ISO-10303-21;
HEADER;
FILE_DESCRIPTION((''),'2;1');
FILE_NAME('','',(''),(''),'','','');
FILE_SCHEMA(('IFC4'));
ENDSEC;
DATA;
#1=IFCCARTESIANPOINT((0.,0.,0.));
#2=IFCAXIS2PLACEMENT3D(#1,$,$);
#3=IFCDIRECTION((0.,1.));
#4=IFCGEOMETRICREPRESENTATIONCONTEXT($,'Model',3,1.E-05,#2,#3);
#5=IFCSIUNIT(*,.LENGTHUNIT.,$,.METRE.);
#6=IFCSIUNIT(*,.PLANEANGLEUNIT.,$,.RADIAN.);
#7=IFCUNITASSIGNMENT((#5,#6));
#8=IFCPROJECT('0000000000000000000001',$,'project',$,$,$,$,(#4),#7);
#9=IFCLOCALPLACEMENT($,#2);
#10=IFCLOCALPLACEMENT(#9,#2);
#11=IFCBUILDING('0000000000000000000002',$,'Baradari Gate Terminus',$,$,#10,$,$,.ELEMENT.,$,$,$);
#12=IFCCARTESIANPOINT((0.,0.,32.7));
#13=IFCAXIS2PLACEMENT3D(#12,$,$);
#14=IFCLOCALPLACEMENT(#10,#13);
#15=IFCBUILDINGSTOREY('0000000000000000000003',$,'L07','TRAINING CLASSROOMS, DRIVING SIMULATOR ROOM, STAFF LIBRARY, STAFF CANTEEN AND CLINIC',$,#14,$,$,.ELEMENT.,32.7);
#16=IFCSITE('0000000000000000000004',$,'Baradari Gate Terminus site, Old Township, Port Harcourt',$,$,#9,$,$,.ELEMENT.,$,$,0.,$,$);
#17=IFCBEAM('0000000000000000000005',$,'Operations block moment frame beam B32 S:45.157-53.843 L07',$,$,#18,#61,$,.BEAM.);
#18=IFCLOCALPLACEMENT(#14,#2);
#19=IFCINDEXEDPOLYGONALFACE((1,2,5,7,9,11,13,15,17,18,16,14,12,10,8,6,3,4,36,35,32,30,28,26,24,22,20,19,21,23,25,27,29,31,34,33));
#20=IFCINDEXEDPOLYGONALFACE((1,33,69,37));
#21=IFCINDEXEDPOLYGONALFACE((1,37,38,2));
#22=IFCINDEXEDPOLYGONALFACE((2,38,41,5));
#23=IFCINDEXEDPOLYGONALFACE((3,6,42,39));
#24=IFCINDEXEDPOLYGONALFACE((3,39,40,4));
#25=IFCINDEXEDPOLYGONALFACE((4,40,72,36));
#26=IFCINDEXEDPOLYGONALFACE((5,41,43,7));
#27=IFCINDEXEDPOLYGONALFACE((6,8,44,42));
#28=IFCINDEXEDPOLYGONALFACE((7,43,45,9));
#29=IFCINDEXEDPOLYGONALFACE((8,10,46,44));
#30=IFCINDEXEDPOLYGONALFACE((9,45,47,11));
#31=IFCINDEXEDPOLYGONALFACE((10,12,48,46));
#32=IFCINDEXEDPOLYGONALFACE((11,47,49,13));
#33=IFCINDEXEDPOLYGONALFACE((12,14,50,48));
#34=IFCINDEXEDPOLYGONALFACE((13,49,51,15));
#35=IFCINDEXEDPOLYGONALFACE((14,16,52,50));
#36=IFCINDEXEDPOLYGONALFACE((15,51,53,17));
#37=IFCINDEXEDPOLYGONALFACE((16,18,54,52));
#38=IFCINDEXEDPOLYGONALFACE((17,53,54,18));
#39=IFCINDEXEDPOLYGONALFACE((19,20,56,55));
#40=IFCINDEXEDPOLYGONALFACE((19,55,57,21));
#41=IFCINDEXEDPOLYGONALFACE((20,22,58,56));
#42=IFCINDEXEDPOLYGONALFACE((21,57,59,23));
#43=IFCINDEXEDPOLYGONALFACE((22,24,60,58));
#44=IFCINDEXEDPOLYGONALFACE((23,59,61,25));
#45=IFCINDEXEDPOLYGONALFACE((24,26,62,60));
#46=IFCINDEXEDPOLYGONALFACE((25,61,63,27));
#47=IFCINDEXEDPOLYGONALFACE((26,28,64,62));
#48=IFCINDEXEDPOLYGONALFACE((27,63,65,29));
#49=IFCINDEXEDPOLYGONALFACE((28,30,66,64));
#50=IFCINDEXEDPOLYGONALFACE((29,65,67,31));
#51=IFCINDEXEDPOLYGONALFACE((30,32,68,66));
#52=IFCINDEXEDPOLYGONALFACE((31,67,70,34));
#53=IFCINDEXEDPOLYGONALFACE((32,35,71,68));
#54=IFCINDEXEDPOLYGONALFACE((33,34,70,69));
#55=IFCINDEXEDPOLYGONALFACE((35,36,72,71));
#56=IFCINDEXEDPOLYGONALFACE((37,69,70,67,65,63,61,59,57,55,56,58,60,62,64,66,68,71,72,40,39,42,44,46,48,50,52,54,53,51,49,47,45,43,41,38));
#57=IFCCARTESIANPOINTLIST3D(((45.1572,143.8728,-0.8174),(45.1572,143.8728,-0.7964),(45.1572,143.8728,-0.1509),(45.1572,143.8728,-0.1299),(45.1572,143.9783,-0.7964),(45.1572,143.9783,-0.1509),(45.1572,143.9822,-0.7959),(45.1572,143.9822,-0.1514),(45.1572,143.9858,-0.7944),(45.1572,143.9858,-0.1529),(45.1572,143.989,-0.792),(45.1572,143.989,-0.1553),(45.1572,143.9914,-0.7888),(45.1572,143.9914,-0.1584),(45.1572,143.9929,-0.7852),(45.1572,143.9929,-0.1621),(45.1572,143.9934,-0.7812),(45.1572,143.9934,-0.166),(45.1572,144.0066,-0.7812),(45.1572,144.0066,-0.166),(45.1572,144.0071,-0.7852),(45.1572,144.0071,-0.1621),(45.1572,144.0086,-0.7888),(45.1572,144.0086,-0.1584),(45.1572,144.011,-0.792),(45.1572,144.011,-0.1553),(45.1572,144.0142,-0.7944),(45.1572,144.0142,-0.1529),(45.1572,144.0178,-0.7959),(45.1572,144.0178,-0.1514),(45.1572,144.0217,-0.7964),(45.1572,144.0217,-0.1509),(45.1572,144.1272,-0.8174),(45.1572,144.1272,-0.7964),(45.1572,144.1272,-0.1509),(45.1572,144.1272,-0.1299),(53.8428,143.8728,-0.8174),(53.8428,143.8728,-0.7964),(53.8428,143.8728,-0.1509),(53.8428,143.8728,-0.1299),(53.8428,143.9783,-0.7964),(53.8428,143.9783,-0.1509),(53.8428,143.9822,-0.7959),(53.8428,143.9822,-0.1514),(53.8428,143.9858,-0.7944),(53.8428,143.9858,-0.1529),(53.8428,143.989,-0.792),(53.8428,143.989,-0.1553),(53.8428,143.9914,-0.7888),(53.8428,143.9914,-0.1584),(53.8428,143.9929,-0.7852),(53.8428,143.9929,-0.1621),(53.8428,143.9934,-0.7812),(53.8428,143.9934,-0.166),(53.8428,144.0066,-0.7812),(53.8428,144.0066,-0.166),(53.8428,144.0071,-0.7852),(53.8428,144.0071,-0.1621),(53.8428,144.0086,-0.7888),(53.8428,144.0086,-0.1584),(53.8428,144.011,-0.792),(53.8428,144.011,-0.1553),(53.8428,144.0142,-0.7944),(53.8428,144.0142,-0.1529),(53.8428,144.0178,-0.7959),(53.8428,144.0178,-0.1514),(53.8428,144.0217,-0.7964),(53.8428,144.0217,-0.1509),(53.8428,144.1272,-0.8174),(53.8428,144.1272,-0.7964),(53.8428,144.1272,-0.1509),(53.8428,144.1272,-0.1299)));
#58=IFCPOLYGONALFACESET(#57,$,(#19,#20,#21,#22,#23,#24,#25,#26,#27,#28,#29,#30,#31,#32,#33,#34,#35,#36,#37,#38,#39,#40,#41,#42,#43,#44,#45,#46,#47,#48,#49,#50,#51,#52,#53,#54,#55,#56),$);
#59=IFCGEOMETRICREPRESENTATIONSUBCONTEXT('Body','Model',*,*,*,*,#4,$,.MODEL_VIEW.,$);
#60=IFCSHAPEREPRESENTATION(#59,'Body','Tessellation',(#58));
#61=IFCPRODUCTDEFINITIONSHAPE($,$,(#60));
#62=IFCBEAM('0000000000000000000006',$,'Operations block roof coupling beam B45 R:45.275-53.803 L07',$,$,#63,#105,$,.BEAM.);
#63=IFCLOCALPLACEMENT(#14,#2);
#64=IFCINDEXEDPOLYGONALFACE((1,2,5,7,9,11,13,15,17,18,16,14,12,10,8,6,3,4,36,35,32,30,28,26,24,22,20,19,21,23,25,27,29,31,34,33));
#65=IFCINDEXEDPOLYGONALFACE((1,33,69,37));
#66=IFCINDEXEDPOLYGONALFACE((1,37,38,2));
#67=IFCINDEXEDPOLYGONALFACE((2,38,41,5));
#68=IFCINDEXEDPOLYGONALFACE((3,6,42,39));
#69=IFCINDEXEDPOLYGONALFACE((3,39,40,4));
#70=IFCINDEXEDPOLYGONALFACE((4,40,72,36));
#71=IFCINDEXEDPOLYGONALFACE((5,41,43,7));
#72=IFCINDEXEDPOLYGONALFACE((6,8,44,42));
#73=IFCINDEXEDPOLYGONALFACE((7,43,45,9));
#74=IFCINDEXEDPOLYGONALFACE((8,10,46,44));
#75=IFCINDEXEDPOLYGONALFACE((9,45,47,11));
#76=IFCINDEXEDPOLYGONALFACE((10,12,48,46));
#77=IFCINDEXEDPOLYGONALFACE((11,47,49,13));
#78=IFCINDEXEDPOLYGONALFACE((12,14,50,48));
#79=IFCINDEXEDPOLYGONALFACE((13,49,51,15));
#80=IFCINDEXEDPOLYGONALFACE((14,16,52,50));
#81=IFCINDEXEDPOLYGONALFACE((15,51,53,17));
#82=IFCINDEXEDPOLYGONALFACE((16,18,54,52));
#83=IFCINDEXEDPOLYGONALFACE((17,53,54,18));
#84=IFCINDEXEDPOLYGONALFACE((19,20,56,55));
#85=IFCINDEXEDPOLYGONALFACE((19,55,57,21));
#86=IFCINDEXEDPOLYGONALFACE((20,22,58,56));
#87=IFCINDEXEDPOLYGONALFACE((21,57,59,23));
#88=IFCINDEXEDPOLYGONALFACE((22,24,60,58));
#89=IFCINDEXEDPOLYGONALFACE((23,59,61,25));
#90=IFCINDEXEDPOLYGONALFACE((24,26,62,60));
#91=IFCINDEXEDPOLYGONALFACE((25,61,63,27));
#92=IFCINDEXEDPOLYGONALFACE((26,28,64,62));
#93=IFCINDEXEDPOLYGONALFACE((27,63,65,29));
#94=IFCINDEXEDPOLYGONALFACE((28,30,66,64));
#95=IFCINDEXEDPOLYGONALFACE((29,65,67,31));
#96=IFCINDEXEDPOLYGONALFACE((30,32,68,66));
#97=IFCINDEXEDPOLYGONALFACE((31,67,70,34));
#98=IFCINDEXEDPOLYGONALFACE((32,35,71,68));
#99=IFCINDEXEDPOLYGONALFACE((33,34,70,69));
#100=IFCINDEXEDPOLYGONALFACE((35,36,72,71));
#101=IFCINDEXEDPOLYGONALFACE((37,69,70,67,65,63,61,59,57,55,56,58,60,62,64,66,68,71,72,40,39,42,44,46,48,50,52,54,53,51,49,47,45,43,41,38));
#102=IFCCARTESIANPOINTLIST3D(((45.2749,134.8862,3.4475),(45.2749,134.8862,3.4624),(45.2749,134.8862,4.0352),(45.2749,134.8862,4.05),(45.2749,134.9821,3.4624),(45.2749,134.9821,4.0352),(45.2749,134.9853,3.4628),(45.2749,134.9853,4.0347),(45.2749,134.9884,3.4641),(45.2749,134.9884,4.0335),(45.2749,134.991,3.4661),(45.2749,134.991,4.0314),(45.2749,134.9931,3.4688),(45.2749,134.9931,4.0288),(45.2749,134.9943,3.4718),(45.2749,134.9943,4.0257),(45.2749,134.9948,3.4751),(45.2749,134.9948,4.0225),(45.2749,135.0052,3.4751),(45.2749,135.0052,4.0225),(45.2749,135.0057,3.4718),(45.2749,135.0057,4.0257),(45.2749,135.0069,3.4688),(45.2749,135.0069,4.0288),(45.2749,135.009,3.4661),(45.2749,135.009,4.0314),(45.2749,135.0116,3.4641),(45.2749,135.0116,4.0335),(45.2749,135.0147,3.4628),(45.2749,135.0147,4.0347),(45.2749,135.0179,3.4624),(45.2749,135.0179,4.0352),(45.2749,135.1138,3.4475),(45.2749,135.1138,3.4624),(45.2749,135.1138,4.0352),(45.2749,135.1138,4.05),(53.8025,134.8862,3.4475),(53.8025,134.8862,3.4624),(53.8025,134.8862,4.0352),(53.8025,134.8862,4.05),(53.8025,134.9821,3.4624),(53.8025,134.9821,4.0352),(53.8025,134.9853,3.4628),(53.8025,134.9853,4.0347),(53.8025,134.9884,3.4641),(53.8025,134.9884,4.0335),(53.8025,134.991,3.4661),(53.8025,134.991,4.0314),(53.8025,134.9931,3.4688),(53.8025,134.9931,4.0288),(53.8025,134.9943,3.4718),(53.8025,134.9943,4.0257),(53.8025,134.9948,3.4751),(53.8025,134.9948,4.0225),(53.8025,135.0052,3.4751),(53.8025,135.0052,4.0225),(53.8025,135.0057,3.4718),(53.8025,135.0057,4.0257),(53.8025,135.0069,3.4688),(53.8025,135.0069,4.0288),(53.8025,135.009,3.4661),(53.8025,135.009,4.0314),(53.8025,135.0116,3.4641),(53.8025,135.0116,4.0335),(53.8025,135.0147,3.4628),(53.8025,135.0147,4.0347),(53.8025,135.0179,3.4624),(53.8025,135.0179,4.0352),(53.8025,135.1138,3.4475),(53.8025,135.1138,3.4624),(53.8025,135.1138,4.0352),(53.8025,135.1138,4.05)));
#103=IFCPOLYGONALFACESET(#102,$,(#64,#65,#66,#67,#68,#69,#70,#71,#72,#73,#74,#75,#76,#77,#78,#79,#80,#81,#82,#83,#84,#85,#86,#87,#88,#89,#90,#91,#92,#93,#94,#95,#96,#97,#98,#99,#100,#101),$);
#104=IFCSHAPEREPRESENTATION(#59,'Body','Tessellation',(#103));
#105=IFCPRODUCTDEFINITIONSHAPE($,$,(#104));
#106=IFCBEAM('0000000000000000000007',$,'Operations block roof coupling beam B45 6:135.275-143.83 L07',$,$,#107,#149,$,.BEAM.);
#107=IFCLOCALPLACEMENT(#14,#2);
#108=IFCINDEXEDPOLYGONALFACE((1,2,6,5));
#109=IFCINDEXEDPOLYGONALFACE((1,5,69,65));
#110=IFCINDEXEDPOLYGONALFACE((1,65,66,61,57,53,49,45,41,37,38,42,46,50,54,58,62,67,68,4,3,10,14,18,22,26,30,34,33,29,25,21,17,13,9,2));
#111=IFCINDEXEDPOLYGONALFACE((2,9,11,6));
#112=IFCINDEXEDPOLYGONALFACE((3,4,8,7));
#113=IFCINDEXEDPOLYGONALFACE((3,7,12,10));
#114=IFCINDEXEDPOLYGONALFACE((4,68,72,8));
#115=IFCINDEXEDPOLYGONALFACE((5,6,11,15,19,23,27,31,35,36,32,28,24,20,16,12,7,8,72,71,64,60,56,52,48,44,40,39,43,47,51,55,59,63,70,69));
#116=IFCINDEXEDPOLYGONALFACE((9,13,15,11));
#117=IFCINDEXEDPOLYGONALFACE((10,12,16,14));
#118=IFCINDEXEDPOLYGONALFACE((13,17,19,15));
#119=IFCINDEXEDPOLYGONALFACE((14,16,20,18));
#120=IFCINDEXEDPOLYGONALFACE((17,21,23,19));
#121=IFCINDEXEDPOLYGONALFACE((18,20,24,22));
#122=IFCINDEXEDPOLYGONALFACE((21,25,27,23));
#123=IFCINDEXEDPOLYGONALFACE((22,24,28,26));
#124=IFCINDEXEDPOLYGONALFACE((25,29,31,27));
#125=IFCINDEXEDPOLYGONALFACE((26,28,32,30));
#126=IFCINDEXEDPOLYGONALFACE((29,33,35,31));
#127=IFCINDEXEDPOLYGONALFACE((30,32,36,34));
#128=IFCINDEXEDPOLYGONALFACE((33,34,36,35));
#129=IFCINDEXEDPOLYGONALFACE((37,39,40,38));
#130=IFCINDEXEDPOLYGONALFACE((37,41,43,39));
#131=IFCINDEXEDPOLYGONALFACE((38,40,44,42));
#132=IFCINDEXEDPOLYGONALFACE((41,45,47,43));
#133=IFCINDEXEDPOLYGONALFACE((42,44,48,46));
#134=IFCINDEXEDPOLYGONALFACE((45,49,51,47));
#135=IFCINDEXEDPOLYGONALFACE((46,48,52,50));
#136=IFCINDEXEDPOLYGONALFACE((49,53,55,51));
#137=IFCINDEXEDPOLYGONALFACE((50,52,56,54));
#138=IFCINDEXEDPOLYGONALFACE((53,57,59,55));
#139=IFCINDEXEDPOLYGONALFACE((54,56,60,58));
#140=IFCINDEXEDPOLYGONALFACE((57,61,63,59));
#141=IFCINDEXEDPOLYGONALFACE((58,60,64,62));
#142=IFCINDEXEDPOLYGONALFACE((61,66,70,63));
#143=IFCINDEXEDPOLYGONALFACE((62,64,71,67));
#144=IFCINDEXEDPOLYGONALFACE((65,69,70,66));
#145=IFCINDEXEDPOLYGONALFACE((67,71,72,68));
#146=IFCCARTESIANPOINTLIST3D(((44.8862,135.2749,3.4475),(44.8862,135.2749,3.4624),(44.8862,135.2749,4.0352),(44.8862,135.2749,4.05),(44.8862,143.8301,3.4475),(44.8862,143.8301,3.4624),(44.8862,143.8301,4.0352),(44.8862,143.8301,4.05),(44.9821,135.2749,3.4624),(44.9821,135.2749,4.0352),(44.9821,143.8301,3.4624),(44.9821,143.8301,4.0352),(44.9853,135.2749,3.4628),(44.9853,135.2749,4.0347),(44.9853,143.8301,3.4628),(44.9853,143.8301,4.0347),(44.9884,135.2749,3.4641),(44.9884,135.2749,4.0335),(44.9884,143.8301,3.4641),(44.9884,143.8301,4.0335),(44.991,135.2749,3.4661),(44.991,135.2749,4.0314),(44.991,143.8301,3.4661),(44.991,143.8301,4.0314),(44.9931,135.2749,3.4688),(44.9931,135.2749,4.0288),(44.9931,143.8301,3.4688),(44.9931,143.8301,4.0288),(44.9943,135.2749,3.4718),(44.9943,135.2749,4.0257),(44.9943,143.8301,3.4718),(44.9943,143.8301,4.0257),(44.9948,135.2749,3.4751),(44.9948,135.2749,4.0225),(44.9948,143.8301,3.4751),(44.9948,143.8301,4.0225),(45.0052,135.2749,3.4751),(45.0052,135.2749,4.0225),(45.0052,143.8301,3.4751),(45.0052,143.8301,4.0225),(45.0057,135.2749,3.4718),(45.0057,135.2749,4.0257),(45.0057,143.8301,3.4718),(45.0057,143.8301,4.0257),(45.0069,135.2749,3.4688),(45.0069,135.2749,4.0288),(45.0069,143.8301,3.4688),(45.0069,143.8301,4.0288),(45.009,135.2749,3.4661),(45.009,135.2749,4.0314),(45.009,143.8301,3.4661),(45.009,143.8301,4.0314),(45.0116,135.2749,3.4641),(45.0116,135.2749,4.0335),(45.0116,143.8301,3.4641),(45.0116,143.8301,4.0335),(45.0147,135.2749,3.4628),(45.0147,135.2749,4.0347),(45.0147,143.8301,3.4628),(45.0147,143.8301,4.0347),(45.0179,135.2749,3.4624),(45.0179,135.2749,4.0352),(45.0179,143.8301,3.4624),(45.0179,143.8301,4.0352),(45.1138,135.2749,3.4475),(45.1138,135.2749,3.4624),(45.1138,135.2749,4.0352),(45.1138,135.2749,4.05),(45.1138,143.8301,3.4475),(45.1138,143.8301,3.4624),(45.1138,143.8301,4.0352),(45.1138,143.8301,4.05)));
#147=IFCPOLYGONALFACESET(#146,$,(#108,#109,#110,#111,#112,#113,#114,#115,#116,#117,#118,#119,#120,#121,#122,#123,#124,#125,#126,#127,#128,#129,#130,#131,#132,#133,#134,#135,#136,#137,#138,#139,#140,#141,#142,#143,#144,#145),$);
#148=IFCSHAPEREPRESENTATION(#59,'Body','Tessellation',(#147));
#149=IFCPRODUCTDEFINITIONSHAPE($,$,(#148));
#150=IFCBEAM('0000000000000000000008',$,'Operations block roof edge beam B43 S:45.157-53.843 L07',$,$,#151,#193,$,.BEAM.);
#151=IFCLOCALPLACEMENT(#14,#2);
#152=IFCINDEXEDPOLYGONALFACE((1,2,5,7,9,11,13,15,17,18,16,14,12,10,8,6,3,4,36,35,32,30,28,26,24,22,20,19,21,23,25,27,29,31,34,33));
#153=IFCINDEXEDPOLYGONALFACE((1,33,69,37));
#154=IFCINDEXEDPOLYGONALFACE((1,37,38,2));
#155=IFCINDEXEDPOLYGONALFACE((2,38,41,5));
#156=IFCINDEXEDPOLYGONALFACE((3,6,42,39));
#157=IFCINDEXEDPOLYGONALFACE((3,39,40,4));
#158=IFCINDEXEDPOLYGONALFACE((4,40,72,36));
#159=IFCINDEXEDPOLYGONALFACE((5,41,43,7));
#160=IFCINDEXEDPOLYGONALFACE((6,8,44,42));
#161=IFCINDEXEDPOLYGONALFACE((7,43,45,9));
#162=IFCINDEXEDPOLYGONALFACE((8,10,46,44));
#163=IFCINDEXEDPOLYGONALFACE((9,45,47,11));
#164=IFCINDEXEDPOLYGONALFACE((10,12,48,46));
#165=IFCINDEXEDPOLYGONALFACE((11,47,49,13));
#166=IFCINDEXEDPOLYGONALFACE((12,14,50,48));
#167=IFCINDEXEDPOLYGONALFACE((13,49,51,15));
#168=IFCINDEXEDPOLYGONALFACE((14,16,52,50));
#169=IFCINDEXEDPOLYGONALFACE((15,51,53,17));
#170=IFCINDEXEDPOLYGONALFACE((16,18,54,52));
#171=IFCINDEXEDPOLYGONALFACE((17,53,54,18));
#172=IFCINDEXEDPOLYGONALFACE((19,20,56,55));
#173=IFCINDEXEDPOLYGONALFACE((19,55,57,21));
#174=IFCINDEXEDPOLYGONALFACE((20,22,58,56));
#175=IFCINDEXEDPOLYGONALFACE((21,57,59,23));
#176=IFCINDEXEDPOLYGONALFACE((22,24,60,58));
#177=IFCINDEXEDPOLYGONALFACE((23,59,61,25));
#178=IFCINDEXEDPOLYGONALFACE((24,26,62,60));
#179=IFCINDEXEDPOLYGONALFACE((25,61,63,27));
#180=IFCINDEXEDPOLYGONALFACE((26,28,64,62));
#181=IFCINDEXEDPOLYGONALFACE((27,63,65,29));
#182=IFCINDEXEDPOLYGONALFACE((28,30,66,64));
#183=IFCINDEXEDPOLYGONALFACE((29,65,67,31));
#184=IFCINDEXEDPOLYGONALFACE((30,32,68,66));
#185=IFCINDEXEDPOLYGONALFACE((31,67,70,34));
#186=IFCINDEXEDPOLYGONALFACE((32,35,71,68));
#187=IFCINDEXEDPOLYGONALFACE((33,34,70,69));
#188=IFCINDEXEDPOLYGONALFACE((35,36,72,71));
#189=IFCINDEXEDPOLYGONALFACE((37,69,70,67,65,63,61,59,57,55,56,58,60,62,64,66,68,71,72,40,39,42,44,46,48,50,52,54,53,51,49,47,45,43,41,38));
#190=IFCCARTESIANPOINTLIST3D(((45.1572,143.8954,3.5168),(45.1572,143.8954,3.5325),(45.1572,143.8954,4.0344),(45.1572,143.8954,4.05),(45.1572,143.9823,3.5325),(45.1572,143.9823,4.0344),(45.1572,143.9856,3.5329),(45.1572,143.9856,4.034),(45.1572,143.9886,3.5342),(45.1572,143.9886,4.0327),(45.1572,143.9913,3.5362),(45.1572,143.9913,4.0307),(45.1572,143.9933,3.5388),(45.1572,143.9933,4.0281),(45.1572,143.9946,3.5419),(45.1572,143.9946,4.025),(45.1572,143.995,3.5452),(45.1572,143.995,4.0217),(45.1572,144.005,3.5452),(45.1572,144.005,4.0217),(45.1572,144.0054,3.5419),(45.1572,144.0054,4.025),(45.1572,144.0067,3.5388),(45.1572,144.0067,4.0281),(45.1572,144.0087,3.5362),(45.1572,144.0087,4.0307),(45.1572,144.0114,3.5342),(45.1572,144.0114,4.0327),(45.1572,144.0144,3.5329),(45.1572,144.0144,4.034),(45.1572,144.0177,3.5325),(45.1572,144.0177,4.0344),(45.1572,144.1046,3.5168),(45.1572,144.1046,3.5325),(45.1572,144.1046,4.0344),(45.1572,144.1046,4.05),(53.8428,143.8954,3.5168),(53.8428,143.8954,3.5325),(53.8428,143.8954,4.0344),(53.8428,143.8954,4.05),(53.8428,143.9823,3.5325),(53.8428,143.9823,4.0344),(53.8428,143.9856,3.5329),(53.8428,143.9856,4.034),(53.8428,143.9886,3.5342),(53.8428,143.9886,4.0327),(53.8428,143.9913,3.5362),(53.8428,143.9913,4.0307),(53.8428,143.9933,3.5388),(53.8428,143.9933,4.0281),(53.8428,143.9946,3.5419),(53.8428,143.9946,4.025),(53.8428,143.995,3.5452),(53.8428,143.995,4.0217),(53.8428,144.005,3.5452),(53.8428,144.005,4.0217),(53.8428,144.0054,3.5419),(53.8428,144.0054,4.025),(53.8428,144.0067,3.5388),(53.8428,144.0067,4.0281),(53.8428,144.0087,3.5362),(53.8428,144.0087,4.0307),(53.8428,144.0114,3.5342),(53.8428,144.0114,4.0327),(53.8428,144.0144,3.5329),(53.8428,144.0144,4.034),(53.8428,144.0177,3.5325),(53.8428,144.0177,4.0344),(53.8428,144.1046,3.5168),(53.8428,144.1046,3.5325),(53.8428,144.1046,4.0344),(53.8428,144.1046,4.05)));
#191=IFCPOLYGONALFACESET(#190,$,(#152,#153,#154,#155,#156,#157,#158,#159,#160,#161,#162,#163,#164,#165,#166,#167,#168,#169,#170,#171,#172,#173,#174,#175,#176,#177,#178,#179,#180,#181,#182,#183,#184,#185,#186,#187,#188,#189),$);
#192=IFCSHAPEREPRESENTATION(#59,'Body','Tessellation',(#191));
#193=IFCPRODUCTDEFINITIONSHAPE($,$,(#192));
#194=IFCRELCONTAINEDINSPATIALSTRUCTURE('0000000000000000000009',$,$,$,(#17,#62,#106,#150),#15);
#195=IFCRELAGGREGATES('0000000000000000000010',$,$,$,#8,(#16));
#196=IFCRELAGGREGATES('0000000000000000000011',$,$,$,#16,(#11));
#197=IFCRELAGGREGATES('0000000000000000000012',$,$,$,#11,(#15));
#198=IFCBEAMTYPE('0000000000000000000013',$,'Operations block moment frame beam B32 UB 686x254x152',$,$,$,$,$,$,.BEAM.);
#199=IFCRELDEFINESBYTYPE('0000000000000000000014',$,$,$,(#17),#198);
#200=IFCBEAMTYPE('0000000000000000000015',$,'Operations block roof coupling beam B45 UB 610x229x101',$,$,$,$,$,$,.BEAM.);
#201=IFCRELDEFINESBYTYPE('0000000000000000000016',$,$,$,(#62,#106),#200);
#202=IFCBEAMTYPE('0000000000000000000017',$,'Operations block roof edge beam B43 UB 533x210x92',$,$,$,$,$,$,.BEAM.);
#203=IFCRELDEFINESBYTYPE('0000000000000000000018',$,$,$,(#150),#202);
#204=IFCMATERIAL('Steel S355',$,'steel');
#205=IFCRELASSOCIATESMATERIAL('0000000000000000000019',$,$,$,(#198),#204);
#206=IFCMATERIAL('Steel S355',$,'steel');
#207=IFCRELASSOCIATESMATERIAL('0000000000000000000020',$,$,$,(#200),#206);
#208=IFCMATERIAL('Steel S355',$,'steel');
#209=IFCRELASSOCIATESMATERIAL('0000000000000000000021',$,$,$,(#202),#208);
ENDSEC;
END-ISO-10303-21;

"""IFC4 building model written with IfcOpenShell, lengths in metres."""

from ifc_helpers import new_model, si_unit, direction, frame, origin, origin_2d, place, context, subcontext, project, spatial, i_section, extrude, material, material_profile, profile_set, type_object, element, save


model = new_model("IFC4")

# Units and contexts
model_context = context("Model", 3, precision=1e-05, world=origin(), true_north=direction((0.0, 1.0)))
body_context = subcontext(model_context, "Body", "Model", "MODEL_VIEW")
ifc_project = project(units=[si_unit("LENGTHUNIT", "METRE"), si_unit("PLANEANGLEUNIT", "RADIAN")], contexts=[model_context])

# Site, building, storey
site_placement = place(None, origin())
site = spatial("IfcSite", under=ifc_project, at=site_placement, Name="Baradari Gate Terminus site, Old Township, Port Harcourt", CompositionType="ELEMENT", RefElevation=0.0)
building_placement = place(site_placement, origin())
building = spatial("IfcBuilding", under=site, at=building_placement, Name="Baradari Gate Terminus", CompositionType="ELEMENT")
storey_placement = place(building_placement, frame((0.0, 0.0, 32.7)))
storey = spatial("IfcBuildingStorey", under=building, at=storey_placement, Name="L07", Description="TRAINING CLASSROOMS, DRIVING SIMULATOR ROOM, STAFF LIBRARY, STAFF CANTEEN AND CLINIC", CompositionType="ELEMENT", Elevation=32.7)

# Beams
ifc_material_1 = material(Name="Steel S355", Category="steel")
ifc_material_profile_1 = material_profile(ifc_material_1, i_section(OverallWidth=0.2544, OverallDepth=0.6875, WebThickness=0.0132, FlangeThickness=0.021, FilletRadius=0.0151, at=origin_2d()), Name="UB 686x254x152")
ifc_profile_set_1 = profile_set([ifc_material_profile_1], Name="Steel S355")
beam_type_1 = type_object("IfcBeamType", Name="Operations block moment frame beam B32 UB 686x254x152", PredefinedType="BEAM", material=ifc_profile_set_1)
beam_1_placement = place(storey_placement, frame((45.1572, 144.0, -0.4736), z_axis=(1.0, 0.0, 0.0), x_axis=(0.0, 1.0, 0.0)))
element("IfcBeam", 1, at=beam_1_placement, inside=storey, type_object=beam_type_1, Name="Operations block moment frame beam B32 S:45.157-53.843 L07", PredefinedType="BEAM", context=body_context, shape_type="SweptSolid", body=[
    extrude(i_section(OverallWidth=0.2544, OverallDepth=0.6875, WebThickness=0.0132, FlangeThickness=0.021, FilletRadius=0.0151, at=origin_2d()), origin(), (0.0, 0.0, 1.0), 8.6855),
])
ifc_material_2 = material(Name="Steel S355", Category="steel")
ifc_material_profile_2 = material_profile(ifc_material_2, i_section(OverallWidth=0.2275, OverallDepth=0.6025, WebThickness=0.0105, FlangeThickness=0.0149, FilletRadius=0.0127, at=origin_2d()), Name="UB 610x229x101")
ifc_profile_set_2 = profile_set([ifc_material_profile_2], Name="Steel S355")
beam_type_2 = type_object("IfcBeamType", Name="Operations block roof coupling beam B45 UB 610x229x101", PredefinedType="BEAM", material=ifc_profile_set_2)
beam_2_placement = place(storey_placement, frame((45.2749, 135.0, 3.7488), z_axis=(1.0, 0.0, 0.0), x_axis=(0.0, 1.0, 0.0)))
element("IfcBeam", 2, at=beam_2_placement, inside=storey, type_object=beam_type_2, Name="Operations block roof coupling beam B45 R:45.275-53.803 L07", PredefinedType="BEAM", context=body_context, shape_type="SweptSolid", body=[
    extrude(i_section(OverallWidth=0.2275, OverallDepth=0.6025, WebThickness=0.0105, FlangeThickness=0.0149, FilletRadius=0.0127, at=origin_2d()), origin(), (0.0, 0.0, 1.0), 8.5276),
])
beam_3_placement = place(storey_placement, frame((45.0, 135.2749, 3.7488), z_axis=(0.0, 1.0, 0.0), x_axis=(-1.0, 0.0, 0.0)))
element("IfcBeam", 3, at=beam_3_placement, inside=storey, type_object=beam_type_2, Name="Operations block roof coupling beam B45 6:135.275-143.83 L07", PredefinedType="BEAM", context=body_context, shape_type="SweptSolid", body=[
    extrude(i_section(OverallWidth=0.2275, OverallDepth=0.6025, WebThickness=0.0105, FlangeThickness=0.0149, FilletRadius=0.0127, at=origin_2d()), origin(), (0.0, 0.0, 1.0), 8.5552),
])
ifc_material_3 = material(Name="Steel S355", Category="steel")
ifc_material_profile_3 = material_profile(ifc_material_3, i_section(OverallWidth=0.2092, OverallDepth=0.5332, WebThickness=0.01, FlangeThickness=0.0156, FilletRadius=0.0127, at=origin_2d()), Name="UB 533x210x92")
ifc_profile_set_3 = profile_set([ifc_material_profile_3], Name="Steel S355")
beam_type_3 = type_object("IfcBeamType", Name="Operations block roof edge beam B43 UB 533x210x92", PredefinedType="BEAM", material=ifc_profile_set_3)
beam_4_placement = place(storey_placement, frame((45.1572, 144.0, 3.7834), z_axis=(1.0, 0.0, 0.0), x_axis=(0.0, 1.0, 0.0)))
element("IfcBeam", 4, at=beam_4_placement, inside=storey, type_object=beam_type_3, Name="Operations block roof edge beam B43 S:45.157-53.843 L07", PredefinedType="BEAM", context=body_context, shape_type="SweptSolid", body=[
    extrude(i_section(OverallWidth=0.2092, OverallDepth=0.5332, WebThickness=0.01, FlangeThickness=0.0156, FilletRadius=0.0127, at=origin_2d()), origin(), (0.0, 0.0, 1.0), 8.6855),
])

save(model, "model.ifc")
